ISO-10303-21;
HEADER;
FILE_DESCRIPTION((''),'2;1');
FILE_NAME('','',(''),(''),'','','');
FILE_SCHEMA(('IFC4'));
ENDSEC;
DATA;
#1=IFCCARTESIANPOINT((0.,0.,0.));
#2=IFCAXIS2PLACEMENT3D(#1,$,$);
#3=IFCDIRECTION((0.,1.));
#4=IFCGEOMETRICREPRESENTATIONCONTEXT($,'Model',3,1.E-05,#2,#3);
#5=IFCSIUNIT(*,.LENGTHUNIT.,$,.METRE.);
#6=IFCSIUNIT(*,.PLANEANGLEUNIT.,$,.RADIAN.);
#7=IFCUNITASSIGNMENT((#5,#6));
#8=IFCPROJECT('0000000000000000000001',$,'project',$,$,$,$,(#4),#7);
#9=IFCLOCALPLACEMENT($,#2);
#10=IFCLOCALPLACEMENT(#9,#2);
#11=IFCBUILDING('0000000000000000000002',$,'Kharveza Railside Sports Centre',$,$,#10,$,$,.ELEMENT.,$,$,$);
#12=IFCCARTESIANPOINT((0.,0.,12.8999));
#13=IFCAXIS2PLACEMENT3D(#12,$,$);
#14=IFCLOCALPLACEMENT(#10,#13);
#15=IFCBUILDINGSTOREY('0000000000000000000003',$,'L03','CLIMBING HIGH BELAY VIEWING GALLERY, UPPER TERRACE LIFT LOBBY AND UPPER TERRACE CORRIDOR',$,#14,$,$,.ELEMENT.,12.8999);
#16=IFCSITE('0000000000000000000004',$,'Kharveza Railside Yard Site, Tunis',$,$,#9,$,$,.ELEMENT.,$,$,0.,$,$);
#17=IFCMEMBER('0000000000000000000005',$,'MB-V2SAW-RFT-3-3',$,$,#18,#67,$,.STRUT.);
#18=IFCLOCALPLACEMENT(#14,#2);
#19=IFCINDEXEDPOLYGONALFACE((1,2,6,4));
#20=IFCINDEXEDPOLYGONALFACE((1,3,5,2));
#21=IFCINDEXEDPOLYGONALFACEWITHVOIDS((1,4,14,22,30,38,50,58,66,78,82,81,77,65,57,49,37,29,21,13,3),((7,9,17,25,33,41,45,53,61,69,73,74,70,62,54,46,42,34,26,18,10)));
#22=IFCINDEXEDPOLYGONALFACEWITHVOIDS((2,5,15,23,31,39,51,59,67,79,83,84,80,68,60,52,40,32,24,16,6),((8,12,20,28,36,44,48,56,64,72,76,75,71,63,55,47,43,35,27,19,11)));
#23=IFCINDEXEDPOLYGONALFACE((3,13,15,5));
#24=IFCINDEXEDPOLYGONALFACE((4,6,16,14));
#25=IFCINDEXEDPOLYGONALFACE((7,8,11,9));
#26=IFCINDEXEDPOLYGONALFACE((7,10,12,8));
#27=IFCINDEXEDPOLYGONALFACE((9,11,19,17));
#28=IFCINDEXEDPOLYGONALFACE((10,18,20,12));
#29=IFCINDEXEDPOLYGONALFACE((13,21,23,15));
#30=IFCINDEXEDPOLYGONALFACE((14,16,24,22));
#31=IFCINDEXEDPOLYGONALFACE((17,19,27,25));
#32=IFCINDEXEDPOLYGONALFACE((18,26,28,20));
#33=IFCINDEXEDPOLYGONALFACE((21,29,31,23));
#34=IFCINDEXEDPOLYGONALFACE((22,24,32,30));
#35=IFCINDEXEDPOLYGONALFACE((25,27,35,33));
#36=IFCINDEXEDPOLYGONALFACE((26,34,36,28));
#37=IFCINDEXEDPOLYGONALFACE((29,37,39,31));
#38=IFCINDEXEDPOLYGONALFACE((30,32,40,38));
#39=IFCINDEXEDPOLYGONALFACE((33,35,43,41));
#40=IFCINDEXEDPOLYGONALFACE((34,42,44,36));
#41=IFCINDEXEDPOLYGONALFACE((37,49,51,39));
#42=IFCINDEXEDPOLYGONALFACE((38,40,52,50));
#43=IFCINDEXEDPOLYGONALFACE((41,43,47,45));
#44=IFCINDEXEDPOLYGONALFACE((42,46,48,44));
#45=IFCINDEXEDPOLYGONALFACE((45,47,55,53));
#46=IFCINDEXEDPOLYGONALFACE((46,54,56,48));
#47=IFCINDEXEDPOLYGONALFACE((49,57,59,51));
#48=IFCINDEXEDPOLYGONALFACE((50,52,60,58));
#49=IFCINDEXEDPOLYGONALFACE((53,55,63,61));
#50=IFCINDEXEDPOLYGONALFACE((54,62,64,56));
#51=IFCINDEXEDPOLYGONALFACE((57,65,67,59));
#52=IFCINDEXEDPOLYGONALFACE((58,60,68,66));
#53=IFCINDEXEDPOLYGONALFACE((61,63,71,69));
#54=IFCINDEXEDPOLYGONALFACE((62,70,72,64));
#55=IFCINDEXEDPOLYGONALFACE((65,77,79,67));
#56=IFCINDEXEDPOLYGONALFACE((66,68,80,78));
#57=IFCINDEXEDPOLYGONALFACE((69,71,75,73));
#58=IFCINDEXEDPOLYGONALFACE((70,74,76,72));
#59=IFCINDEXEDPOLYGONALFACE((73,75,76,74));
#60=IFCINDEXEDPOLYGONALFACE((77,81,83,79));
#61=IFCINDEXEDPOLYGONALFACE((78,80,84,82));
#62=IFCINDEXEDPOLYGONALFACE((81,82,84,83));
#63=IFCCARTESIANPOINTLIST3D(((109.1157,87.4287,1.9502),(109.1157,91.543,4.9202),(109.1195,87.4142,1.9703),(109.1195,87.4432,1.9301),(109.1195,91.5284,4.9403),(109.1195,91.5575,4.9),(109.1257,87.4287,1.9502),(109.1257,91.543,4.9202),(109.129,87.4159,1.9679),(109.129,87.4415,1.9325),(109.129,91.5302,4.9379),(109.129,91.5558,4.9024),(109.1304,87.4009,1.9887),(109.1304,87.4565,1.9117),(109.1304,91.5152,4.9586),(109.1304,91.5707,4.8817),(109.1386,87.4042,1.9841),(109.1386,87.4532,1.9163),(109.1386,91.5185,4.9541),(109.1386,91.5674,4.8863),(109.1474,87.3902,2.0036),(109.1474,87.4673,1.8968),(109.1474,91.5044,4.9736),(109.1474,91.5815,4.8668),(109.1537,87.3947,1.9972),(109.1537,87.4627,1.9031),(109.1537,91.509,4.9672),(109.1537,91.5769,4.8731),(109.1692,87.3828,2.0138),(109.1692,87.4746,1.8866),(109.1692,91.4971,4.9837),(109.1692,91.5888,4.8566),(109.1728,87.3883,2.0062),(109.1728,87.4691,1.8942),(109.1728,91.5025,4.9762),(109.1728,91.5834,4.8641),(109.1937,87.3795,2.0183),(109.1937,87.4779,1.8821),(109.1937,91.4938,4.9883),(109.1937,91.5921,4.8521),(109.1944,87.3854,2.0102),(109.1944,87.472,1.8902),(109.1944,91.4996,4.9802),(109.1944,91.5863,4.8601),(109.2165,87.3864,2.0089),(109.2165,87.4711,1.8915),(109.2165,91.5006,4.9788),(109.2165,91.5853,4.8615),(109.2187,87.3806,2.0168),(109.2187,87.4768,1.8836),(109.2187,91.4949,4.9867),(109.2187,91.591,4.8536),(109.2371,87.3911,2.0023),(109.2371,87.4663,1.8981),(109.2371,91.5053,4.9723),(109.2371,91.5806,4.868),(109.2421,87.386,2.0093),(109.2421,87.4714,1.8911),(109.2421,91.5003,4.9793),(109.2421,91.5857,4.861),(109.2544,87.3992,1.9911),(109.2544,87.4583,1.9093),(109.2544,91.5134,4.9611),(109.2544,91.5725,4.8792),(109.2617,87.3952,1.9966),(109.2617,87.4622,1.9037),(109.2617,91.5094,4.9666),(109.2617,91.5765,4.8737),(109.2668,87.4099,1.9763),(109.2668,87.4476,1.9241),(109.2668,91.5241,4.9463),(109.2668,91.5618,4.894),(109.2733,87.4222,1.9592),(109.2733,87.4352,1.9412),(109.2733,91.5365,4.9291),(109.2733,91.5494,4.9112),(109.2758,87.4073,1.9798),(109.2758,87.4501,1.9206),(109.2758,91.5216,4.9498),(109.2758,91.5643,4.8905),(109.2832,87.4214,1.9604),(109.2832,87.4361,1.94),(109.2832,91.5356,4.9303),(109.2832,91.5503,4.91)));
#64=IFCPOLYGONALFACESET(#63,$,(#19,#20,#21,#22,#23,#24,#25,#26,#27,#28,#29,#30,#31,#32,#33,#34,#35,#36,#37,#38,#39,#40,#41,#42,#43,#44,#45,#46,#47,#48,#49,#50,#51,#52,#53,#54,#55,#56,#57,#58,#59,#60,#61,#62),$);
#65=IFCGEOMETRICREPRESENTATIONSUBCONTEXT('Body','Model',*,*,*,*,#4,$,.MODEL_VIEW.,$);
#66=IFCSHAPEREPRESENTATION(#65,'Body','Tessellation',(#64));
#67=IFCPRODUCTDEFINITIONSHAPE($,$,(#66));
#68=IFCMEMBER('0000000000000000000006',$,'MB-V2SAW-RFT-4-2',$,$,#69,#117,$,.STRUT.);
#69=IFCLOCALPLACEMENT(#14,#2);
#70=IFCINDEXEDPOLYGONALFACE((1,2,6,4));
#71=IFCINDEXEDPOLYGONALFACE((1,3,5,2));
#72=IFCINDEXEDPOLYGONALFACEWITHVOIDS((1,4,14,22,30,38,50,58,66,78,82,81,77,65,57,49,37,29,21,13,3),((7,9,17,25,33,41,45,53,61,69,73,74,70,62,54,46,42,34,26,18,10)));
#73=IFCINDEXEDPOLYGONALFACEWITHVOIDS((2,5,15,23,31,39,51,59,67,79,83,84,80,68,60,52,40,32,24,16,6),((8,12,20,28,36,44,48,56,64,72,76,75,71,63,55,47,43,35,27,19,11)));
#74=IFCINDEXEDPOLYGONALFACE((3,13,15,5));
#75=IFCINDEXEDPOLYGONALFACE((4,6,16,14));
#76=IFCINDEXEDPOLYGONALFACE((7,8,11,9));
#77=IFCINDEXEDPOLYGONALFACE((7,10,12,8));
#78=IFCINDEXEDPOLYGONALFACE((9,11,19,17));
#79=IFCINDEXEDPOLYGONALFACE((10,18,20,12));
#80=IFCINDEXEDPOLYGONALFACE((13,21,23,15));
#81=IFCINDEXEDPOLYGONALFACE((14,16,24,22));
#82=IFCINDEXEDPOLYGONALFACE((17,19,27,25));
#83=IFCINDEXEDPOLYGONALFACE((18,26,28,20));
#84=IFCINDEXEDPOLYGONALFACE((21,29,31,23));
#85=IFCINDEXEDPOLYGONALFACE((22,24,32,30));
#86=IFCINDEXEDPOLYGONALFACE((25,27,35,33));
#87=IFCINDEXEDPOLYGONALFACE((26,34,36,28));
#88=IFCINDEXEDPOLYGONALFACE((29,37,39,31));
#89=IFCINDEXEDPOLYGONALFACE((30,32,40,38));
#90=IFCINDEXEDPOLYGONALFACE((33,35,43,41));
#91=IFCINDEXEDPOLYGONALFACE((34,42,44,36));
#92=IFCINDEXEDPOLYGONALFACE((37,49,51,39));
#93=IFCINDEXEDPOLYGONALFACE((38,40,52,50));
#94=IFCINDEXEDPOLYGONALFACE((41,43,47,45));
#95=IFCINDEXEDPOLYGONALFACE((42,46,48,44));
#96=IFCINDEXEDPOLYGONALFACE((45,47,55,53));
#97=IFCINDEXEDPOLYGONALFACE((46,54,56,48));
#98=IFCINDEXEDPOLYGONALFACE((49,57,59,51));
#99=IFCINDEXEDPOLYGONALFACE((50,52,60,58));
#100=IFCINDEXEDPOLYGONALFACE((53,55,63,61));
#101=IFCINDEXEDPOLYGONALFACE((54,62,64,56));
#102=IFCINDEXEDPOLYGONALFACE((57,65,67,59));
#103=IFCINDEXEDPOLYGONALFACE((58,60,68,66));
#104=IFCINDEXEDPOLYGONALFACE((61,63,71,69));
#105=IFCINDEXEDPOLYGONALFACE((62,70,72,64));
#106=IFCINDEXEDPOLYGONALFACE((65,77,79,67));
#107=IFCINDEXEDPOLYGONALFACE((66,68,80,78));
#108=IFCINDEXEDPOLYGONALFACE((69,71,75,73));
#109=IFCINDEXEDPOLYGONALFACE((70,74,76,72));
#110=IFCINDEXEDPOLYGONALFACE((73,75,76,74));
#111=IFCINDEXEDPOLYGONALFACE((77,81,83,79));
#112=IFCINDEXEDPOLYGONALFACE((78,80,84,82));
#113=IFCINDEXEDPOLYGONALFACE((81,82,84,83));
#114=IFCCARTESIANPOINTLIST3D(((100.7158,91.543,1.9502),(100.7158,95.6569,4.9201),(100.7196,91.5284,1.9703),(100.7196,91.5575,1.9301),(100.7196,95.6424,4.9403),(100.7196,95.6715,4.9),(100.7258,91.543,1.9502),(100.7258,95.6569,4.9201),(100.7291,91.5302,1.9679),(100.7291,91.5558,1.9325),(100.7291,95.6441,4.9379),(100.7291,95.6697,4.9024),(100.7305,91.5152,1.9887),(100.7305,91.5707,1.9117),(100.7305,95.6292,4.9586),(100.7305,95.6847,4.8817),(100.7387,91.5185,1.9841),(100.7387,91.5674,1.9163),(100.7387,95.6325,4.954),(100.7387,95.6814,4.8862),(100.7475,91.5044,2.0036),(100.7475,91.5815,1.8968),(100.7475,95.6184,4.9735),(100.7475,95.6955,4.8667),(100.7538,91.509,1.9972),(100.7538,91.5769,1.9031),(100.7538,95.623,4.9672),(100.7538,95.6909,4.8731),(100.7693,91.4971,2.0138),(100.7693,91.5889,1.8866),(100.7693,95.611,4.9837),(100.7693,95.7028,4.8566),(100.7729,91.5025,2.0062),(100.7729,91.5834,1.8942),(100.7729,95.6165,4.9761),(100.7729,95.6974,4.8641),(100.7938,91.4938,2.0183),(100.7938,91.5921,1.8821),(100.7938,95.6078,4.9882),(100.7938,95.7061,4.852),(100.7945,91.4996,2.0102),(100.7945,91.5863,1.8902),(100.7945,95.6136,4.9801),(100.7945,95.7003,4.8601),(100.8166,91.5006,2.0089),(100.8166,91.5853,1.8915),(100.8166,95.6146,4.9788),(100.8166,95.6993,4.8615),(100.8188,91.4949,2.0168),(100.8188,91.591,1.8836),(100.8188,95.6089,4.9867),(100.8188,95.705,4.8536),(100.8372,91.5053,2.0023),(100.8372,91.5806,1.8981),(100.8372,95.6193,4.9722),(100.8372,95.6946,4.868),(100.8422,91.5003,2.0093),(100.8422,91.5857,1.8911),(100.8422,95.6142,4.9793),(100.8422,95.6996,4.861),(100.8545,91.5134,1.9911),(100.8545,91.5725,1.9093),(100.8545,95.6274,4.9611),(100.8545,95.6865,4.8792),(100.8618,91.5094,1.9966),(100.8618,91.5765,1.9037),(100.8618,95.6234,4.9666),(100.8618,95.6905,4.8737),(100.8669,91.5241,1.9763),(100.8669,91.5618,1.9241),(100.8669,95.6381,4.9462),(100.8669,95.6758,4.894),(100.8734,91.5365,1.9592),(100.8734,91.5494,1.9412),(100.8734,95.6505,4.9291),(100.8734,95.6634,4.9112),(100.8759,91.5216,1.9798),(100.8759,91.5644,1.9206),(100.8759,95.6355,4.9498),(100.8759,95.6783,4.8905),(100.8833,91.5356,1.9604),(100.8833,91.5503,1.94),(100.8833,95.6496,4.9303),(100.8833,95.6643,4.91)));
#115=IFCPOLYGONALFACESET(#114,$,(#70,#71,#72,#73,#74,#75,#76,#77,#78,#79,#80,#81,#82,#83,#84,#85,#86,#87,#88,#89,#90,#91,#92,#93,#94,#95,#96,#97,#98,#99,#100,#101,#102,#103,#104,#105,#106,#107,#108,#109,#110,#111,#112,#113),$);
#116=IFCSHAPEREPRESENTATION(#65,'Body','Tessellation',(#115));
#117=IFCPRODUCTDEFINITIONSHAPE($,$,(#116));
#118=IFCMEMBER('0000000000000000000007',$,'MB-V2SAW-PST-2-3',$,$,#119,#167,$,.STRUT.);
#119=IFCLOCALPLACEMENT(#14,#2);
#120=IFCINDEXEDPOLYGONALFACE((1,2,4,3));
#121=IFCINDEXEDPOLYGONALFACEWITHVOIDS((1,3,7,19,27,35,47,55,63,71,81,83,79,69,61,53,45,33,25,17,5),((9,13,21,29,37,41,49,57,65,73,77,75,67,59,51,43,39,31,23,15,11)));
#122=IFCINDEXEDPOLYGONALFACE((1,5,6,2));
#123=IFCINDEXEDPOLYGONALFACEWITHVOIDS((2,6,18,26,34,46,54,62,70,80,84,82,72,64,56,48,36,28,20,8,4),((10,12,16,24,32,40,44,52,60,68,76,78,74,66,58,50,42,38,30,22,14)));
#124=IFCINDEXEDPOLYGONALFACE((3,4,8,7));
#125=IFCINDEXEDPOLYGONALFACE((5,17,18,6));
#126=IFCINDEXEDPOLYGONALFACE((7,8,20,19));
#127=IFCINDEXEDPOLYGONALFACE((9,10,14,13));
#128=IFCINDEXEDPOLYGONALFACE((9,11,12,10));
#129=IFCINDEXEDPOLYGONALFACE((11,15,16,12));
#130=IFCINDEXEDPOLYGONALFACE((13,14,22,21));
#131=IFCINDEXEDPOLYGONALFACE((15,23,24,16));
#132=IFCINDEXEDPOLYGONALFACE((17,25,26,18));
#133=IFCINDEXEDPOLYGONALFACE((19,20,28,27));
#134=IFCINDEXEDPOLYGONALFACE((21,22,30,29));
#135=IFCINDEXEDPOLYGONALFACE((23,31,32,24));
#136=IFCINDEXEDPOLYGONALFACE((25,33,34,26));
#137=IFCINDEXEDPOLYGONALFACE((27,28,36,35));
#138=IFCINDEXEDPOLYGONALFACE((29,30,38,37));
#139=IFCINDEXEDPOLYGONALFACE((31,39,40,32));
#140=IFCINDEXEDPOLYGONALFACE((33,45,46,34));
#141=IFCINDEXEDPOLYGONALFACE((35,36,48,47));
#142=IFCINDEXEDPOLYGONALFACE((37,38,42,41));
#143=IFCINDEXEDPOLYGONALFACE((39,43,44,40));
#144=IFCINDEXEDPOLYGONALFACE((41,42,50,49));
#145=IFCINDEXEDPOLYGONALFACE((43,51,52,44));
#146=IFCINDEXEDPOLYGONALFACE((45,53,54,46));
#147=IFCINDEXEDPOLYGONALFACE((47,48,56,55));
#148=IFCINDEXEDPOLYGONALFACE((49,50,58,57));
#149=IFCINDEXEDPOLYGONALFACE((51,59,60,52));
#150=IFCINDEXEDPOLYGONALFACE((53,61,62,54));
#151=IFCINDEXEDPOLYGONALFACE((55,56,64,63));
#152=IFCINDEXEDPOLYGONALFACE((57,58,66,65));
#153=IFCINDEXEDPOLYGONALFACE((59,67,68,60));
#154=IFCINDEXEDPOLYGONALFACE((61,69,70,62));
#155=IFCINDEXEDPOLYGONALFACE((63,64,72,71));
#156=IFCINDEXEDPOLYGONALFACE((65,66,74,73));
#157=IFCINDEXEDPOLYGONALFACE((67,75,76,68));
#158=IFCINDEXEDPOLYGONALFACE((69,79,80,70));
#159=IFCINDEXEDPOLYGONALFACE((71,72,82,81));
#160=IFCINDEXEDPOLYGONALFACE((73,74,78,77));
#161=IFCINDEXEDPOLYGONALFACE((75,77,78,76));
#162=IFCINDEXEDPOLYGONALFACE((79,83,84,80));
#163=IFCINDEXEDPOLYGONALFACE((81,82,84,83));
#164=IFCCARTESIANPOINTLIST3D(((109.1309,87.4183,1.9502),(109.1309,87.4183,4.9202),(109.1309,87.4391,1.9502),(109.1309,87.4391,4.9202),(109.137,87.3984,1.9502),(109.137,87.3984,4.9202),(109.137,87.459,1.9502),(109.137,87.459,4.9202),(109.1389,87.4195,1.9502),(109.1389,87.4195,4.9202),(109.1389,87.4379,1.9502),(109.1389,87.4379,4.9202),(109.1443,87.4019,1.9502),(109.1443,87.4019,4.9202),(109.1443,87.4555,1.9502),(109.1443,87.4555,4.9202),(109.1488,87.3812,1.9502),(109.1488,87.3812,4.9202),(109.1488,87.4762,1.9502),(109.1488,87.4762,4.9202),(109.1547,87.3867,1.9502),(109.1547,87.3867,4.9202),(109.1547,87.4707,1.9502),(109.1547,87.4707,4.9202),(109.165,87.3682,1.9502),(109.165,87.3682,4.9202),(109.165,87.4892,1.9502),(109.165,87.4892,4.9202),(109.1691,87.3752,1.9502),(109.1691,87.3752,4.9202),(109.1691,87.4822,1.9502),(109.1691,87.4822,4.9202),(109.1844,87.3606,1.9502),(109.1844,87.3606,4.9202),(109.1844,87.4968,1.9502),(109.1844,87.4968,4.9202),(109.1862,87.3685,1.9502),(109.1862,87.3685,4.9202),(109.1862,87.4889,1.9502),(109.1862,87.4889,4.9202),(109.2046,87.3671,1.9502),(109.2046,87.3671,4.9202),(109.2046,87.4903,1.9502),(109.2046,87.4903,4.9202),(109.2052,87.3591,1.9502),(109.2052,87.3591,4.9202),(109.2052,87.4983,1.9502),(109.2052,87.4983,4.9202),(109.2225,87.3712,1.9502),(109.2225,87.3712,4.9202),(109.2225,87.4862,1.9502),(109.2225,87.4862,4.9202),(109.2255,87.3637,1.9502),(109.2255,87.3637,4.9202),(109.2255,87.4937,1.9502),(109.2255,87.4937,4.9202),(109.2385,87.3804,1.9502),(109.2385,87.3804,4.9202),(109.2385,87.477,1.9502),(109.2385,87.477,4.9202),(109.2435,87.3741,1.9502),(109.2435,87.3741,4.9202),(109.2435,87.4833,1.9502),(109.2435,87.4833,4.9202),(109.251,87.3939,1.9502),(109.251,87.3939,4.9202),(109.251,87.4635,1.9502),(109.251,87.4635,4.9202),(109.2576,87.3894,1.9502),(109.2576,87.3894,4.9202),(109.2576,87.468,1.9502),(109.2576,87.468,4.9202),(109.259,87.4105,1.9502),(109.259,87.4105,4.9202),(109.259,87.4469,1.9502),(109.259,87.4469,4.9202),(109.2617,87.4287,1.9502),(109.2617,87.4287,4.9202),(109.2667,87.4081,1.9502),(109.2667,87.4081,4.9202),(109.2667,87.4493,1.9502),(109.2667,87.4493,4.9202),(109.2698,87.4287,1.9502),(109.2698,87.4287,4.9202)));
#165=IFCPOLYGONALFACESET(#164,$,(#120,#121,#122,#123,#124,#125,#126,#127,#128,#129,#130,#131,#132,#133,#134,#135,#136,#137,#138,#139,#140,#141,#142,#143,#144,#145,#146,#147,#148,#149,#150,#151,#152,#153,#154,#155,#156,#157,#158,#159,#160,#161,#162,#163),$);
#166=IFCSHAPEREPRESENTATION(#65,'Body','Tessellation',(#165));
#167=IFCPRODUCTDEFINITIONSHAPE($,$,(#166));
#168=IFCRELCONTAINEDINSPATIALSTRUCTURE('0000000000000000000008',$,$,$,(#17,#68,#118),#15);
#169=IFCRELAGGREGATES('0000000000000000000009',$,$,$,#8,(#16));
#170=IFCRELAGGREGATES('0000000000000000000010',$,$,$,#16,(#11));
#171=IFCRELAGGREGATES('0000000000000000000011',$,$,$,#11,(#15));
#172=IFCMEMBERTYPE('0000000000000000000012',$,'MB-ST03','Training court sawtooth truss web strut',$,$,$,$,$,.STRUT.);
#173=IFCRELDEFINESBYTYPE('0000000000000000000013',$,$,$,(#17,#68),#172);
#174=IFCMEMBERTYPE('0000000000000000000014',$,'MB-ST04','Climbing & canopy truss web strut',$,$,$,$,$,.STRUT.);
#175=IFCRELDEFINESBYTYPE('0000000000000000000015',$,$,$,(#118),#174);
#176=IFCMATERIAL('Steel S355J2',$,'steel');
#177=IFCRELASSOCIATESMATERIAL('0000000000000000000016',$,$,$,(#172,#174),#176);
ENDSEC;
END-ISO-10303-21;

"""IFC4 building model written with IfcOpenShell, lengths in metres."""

from ifc_helpers import new_model, si_unit, direction, frame, origin, origin_2d, place, context, subcontext, project, spatial, hollow_circle, extrude, material, material_profile, profile_set, type_object, element, save


model = new_model("IFC4")

# Units and contexts
model_context = context("Model", 3, precision=1e-05, world=origin(), true_north=direction((0.0, 1.0)))
body_context = subcontext(model_context, "Body", "Model", "MODEL_VIEW")
ifc_project = project(units=[si_unit("LENGTHUNIT", "METRE"), si_unit("PLANEANGLEUNIT", "RADIAN")], contexts=[model_context])

# Site, building, storey
site_placement = place(None, origin())
site = spatial("IfcSite", under=ifc_project, at=site_placement, Name="Kharveza Railside Yard Site, Tunis", CompositionType="ELEMENT", RefElevation=0.0)
building_placement = place(site_placement, origin())
building = spatial("IfcBuilding", under=site, at=building_placement, Name="Kharveza Railside Sports Centre", CompositionType="ELEMENT")
storey_placement = place(building_placement, frame((0.0, 0.0, 12.8999)))
storey = spatial("IfcBuildingStorey", under=building, at=storey_placement, Name="L03", Description="CLIMBING HIGH BELAY VIEWING GALLERY, UPPER TERRACE LIFT LOBBY AND UPPER TERRACE CORRIDOR", CompositionType="ELEMENT", Elevation=12.8999)

# Shared definitions
ifc_material_1 = material(Name="Steel S355J2", Category="steel")

# Members
ifc_material_profile_1 = material_profile(ifc_material_1, hollow_circle(Radius=0.0842, WallThickness=0.01, at=origin_2d()), Name="CHS 168.3x10.0")
ifc_profile_set_1 = profile_set([ifc_material_profile_1], Name="Steel S355J2")
member_type_1 = type_object("IfcMemberType", Name="MB-ST03", Description="Training court sawtooth truss web strut", PredefinedType="STRUT", material=ifc_profile_set_1)
member_1_placement = place(storey_placement, frame((109.2, 87.4287, 1.9502), z_axis=(0.0, 0.810814, 0.585304), x_axis=(-1.0, 0.0, 0.0)))
element("IfcMember", 1, at=member_1_placement, inside=storey, type_object=member_type_1, Name="MB-V2SAW-RFT-3-3", PredefinedType="STRUT", context=body_context, shape_type="SweptSolid", body=[
    extrude(hollow_circle(Radius=0.0842, WallThickness=0.01, at=origin_2d()), origin(), (0.0, 0.0, 1.0), 5.0742),
])
member_2_placement = place(storey_placement, frame((100.8, 91.543, 1.9502), z_axis=(0.0, 0.810797, 0.585327), x_axis=(-1.0, 0.0, 0.0)))
element("IfcMember", 2, at=member_2_placement, inside=storey, type_object=member_type_1, Name="MB-V2SAW-RFT-4-2", PredefinedType="STRUT", context=body_context, shape_type="SweptSolid", body=[
    extrude(hollow_circle(Radius=0.0842, WallThickness=0.01, at=origin_2d()), origin(), (0.0, 0.0, 1.0), 5.074),
])
ifc_material_profile_2 = material_profile(ifc_material_1, hollow_circle(Radius=0.0698, WallThickness=0.0081, at=origin_2d()), Name="CHS 139.7x8.0")
ifc_profile_set_2 = profile_set([ifc_material_profile_2], Name="Steel S355J2")
member_type_2 = type_object("IfcMemberType", Name="MB-ST04", Description="Climbing & canopy truss web strut", PredefinedType="STRUT", material=ifc_profile_set_2)
for number, where, z_axis, x_axis, name in (
    (3, (109.2, 87.4287, 1.9502), (0.0, 0.0, 1.0), (1.0, 0.0, 0.0), "MB-V2SAW-PST-2-3"),
):
    element("IfcMember", number, at=place(storey_placement, frame(where, z_axis=z_axis, x_axis=x_axis)), inside=storey, type_object=member_type_2, Name=name, PredefinedType="STRUT", context=body_context, shape_type="SweptSolid", body=[
        extrude(hollow_circle(Radius=0.0698, WallThickness=0.0081, at=origin_2d()), origin(), (0.0, 0.0, 1.0), 2.97),
    ])

save(model, "model.ifc")
